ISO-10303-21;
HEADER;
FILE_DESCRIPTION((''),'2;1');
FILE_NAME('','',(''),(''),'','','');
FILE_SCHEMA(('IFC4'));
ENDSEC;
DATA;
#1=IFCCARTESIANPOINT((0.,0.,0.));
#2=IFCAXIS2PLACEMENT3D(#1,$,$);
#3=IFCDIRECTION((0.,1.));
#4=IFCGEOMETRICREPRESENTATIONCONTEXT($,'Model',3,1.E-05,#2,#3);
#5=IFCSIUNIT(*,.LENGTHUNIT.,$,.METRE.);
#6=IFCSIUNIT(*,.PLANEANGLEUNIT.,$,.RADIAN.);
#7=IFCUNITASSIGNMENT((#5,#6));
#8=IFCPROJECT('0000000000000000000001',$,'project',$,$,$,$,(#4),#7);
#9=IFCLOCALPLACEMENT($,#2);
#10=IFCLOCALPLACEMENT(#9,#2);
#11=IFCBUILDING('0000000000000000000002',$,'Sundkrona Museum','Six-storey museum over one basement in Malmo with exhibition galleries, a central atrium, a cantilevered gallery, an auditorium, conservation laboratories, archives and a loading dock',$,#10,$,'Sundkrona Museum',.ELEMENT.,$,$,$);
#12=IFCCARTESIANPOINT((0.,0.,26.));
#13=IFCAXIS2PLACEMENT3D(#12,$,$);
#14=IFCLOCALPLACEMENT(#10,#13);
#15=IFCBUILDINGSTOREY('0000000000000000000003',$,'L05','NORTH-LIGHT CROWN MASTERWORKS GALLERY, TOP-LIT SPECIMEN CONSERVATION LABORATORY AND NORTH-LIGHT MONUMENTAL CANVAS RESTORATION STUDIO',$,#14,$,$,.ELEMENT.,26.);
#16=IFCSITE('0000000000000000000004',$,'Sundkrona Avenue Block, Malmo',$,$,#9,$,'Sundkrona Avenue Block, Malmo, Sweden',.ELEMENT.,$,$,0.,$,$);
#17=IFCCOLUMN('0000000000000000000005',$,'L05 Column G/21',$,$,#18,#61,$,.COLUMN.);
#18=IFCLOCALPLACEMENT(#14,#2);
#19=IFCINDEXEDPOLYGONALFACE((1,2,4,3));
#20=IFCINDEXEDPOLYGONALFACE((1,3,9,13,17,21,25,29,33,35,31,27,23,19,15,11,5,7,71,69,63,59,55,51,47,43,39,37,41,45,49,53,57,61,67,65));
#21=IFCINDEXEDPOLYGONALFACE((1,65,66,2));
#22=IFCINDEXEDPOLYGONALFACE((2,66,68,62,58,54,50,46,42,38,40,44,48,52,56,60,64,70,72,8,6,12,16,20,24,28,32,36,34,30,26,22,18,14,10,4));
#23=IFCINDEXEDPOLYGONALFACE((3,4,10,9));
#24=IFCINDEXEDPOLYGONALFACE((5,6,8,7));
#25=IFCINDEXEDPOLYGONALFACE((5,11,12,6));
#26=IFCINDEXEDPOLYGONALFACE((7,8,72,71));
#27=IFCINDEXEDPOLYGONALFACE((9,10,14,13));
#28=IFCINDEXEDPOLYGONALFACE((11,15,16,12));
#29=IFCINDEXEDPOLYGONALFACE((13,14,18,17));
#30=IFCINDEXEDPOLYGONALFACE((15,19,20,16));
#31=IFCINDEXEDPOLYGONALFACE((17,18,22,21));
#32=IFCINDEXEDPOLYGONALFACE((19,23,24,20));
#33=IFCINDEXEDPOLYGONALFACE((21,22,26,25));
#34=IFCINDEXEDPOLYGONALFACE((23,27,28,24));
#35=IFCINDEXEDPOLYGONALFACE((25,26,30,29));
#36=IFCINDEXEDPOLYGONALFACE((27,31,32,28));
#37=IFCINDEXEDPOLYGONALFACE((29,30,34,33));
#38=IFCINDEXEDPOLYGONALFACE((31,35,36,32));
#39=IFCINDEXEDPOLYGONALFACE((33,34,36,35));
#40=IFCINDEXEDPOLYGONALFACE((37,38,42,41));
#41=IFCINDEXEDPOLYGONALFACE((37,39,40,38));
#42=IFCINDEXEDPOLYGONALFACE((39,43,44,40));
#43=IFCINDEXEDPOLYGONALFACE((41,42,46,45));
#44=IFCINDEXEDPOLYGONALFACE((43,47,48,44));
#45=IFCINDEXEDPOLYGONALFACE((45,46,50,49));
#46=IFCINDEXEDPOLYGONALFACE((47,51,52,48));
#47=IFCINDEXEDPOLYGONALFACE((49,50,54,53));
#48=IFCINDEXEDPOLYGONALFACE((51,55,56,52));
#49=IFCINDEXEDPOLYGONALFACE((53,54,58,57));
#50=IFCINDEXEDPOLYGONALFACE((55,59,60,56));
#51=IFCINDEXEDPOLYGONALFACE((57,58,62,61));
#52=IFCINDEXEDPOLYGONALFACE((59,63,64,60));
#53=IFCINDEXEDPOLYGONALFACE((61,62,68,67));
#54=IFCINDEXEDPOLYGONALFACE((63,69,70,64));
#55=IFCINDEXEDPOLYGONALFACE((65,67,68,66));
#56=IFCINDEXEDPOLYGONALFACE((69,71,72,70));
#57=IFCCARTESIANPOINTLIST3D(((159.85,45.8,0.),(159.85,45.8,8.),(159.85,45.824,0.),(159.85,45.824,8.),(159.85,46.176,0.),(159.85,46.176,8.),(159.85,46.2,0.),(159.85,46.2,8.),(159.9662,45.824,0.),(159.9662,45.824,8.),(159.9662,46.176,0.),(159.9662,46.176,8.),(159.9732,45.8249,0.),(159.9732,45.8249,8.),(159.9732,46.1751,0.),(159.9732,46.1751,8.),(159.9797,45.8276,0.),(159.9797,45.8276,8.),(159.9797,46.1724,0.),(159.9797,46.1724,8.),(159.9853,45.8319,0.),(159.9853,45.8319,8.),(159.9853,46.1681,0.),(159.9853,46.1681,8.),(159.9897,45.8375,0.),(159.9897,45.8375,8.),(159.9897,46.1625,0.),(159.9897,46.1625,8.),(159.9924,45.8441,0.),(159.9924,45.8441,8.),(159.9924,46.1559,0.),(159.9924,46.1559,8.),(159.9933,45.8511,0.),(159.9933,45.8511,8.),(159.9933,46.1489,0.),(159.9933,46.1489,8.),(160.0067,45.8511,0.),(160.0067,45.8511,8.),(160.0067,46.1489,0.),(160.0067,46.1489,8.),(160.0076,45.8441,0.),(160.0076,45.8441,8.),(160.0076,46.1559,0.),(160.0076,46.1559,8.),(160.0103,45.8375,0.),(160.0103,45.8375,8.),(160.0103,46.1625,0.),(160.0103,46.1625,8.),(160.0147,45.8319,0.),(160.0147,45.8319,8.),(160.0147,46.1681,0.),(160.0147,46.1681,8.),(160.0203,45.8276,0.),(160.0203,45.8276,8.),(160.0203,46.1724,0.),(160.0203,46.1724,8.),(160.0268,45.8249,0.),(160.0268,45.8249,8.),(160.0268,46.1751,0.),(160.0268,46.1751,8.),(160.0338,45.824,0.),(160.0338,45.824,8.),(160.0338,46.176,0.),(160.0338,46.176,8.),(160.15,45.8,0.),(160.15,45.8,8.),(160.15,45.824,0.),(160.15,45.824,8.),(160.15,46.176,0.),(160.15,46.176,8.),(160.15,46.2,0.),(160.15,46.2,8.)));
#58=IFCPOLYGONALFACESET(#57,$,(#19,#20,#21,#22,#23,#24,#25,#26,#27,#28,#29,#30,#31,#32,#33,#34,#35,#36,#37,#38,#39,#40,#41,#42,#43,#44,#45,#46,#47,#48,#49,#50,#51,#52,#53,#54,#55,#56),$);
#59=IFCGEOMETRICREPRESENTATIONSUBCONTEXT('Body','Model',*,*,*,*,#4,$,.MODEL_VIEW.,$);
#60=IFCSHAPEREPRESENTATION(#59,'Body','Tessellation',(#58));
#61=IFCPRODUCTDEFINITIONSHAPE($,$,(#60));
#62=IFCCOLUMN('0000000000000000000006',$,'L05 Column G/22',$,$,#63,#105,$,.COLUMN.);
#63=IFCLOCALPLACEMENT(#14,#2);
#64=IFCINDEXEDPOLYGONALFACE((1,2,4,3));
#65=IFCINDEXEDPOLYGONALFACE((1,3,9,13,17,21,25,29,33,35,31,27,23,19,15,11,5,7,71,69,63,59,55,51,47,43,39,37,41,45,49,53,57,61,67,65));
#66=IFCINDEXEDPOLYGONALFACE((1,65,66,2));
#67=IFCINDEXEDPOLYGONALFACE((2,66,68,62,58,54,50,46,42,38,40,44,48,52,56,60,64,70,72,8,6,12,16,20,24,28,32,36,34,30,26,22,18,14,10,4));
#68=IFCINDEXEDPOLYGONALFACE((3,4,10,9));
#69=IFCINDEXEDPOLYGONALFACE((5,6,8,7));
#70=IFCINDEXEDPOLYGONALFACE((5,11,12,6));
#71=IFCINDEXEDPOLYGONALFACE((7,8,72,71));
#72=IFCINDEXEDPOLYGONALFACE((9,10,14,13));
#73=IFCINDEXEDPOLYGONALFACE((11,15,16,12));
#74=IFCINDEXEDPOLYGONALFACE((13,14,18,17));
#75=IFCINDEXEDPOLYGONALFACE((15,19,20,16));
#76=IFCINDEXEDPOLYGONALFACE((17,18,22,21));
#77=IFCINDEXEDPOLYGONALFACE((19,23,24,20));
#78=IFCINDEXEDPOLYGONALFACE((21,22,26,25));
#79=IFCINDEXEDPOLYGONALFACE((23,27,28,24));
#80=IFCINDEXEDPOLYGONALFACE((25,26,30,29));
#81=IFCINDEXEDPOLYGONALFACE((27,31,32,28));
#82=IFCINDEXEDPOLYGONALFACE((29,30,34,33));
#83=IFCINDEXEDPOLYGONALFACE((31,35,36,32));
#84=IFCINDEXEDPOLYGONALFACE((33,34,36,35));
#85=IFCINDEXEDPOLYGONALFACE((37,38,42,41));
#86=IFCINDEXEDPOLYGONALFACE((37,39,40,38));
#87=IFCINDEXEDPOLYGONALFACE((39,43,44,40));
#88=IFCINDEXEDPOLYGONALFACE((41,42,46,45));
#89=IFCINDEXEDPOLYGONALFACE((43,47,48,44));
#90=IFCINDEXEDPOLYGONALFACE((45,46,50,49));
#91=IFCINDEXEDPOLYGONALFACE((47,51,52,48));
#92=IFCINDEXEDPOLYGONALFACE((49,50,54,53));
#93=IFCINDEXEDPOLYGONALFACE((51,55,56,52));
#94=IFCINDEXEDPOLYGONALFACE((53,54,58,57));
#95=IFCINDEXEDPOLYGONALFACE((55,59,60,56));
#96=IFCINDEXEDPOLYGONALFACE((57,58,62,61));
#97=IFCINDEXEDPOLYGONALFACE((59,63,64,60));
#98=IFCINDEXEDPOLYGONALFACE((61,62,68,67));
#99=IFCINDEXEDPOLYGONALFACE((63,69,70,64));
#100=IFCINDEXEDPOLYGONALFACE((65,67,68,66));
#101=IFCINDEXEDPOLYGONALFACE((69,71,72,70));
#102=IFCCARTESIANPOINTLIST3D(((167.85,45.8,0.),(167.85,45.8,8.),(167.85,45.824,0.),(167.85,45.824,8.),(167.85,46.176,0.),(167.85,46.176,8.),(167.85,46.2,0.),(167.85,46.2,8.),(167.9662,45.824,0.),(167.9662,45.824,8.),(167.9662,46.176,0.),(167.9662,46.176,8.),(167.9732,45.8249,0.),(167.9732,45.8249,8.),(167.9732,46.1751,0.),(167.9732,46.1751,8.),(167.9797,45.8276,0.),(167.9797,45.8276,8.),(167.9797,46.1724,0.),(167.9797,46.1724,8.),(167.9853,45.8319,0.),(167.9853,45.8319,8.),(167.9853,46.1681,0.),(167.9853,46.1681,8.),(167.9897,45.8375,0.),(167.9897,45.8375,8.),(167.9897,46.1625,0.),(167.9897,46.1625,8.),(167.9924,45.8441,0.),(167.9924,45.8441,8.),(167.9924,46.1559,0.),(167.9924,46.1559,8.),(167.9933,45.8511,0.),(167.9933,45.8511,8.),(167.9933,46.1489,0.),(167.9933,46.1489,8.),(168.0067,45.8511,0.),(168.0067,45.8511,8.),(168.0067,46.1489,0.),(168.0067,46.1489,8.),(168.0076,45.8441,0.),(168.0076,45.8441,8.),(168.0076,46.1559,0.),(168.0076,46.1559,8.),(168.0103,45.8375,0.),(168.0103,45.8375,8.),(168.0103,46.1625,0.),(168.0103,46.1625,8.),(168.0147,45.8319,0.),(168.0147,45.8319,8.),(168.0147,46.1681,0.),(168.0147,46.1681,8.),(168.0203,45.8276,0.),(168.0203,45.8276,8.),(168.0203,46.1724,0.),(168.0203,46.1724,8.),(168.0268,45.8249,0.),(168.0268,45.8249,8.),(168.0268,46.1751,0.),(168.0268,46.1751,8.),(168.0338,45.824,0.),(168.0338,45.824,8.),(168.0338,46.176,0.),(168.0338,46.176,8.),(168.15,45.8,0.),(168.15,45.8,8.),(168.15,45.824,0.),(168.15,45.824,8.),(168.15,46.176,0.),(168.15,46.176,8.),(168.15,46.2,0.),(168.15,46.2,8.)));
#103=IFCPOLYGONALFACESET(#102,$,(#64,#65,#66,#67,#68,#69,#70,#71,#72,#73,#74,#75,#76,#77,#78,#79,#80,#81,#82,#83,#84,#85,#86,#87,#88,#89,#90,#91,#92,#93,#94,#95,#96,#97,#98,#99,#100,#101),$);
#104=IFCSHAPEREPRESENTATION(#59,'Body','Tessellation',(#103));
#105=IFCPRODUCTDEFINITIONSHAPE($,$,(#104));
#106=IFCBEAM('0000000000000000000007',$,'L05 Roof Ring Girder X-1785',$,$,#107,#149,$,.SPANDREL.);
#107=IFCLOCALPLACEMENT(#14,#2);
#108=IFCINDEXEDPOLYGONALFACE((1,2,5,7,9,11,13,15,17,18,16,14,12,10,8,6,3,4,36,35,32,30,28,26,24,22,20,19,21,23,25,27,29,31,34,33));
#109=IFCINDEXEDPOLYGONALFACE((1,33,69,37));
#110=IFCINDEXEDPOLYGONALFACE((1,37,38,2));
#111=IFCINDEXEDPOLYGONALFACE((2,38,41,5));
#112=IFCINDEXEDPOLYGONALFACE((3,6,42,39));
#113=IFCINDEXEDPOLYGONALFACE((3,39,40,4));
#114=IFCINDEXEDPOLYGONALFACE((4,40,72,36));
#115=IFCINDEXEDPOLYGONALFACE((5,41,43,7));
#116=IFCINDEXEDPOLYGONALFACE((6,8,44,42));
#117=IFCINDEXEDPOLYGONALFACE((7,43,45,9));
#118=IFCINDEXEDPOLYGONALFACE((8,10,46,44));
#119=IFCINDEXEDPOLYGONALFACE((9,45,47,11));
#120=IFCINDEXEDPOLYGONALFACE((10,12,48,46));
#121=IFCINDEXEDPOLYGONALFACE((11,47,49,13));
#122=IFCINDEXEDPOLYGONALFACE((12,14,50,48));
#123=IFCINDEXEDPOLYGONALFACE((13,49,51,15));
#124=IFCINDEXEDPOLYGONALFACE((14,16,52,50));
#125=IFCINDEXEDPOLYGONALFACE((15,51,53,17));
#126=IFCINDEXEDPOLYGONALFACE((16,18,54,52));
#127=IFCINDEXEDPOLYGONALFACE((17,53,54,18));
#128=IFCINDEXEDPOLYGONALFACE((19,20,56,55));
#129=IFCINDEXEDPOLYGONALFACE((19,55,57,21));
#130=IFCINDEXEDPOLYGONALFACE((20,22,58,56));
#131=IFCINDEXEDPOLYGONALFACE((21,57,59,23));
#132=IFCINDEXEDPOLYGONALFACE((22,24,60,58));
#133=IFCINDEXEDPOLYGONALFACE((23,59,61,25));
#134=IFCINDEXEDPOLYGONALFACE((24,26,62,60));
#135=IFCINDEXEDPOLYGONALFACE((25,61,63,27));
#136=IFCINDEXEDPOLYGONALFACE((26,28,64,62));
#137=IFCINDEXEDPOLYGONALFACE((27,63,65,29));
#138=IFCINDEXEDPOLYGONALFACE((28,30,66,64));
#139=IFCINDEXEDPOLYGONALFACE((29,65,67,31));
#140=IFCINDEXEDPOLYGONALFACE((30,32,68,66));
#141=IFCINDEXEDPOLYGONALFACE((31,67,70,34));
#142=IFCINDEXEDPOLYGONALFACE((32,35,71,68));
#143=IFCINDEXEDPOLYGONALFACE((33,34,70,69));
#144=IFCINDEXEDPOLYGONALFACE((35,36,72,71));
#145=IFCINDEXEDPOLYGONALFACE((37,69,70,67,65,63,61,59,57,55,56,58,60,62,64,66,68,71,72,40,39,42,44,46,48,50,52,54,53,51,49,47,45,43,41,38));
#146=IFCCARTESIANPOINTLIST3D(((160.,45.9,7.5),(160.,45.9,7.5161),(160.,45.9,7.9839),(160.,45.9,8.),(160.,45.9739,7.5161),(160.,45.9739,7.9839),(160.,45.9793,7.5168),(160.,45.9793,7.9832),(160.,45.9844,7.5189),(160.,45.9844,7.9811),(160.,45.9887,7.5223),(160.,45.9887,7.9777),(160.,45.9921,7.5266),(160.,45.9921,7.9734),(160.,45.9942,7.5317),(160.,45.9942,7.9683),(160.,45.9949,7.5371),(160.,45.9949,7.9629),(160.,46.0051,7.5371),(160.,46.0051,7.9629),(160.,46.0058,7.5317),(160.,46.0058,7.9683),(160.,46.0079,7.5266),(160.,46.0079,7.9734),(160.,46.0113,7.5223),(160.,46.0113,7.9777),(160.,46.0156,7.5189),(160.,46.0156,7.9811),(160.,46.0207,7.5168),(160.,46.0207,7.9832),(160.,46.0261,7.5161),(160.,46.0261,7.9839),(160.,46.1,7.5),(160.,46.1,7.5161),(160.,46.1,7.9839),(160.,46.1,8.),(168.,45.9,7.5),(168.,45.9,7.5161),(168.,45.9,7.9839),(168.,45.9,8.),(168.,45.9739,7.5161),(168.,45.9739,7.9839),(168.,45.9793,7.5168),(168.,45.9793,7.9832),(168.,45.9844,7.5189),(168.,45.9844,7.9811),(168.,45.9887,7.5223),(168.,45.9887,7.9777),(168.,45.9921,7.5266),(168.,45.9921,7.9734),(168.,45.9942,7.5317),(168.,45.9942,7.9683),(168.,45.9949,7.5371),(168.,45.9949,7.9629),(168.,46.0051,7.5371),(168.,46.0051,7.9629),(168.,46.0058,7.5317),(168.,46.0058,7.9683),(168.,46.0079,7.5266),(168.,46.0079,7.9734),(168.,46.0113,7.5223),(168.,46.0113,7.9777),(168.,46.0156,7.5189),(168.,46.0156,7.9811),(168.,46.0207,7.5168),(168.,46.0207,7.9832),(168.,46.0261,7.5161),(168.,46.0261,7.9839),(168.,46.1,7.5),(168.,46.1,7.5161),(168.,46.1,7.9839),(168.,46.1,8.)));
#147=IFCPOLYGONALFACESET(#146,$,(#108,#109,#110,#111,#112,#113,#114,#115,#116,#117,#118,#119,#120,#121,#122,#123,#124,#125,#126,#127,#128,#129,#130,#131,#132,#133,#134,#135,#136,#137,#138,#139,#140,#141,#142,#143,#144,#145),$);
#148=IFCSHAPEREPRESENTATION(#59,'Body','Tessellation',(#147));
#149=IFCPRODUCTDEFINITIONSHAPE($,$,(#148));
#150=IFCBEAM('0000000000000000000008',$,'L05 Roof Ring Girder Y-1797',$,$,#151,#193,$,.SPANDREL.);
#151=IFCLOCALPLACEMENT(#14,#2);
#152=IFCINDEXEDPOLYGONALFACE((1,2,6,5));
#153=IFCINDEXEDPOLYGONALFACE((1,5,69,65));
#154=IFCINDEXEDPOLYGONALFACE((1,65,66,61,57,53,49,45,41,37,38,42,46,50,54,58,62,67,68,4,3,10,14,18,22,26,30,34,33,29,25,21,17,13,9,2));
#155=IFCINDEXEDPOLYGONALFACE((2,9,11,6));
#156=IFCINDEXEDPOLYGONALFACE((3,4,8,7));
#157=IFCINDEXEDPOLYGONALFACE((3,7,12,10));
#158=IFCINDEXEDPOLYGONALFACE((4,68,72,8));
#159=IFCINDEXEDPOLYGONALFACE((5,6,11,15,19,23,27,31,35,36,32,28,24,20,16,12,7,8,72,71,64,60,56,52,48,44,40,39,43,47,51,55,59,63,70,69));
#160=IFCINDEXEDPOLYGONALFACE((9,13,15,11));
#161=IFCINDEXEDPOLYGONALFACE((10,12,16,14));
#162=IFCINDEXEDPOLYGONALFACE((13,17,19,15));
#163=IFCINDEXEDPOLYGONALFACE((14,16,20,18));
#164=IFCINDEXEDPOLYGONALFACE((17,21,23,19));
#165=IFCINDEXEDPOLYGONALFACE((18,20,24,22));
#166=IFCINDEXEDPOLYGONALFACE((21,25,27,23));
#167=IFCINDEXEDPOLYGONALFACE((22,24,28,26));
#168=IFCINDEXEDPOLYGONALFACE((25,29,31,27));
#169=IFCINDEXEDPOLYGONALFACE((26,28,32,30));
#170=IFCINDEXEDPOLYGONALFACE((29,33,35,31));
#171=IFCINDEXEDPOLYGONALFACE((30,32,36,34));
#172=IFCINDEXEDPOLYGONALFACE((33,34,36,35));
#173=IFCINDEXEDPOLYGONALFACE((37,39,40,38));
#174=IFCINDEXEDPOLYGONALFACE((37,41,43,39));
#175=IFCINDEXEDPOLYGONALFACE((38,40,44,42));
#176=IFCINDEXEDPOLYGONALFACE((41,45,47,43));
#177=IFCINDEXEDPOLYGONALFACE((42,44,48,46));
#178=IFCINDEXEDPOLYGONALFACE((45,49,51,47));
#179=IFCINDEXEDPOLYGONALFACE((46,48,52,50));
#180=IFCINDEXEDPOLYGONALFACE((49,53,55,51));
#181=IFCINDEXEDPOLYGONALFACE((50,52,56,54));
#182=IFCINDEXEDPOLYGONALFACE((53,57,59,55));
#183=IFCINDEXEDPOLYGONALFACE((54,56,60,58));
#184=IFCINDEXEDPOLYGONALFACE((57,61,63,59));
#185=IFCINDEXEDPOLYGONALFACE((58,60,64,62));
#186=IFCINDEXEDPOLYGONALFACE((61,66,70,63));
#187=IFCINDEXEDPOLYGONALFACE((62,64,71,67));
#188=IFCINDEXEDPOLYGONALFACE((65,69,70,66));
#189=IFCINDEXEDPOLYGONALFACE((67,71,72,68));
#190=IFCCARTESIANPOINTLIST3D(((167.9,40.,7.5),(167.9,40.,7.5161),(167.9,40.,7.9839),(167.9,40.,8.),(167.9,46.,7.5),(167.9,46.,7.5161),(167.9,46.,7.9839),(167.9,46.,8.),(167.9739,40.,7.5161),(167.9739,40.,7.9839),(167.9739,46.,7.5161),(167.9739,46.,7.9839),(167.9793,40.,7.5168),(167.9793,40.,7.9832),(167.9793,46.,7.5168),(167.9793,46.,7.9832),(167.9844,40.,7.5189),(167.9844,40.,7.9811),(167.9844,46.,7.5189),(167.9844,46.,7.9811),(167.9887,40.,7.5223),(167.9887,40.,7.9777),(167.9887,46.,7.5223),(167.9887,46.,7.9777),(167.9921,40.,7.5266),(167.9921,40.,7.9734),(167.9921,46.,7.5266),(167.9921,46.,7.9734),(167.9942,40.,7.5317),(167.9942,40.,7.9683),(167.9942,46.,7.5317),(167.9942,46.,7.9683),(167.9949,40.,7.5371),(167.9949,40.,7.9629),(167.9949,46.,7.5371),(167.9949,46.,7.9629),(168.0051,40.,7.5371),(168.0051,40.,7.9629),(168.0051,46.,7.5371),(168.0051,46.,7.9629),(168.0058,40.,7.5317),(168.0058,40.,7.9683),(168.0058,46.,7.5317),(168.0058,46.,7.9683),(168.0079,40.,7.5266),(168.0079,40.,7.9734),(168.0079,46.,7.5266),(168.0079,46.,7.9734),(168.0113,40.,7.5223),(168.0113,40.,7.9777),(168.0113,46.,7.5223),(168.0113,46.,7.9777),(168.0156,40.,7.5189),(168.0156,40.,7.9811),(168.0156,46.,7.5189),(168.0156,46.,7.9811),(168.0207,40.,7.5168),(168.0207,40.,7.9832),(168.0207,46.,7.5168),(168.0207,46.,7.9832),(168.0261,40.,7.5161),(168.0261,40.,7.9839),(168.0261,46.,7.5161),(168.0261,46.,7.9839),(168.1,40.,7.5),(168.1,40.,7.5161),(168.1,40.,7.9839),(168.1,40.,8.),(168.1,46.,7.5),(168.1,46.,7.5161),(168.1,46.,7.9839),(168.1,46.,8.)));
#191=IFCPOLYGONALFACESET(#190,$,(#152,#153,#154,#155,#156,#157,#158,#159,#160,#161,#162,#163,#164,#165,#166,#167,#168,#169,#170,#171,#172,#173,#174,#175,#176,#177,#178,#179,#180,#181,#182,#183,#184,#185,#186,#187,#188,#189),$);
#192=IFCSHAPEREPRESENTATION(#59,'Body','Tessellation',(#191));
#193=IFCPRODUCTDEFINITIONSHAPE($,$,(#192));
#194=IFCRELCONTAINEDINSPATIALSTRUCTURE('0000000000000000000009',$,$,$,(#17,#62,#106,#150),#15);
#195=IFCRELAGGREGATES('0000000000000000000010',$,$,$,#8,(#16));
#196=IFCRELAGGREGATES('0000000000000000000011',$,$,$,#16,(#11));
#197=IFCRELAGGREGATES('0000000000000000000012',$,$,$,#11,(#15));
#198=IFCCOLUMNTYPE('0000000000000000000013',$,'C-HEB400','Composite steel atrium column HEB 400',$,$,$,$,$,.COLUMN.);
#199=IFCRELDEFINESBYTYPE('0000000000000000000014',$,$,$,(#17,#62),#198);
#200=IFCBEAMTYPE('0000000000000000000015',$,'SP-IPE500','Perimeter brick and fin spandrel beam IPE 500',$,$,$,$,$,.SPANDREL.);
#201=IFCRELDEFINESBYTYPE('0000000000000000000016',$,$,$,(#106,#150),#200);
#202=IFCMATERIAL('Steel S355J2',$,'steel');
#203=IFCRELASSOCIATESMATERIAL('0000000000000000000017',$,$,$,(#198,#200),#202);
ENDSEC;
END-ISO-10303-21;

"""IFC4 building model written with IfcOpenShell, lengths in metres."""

from ifc_helpers import new_model, si_unit, direction, frame, origin, origin_2d, place, context, subcontext, project, spatial, i_section, extrude, material, material_profile, profile_set, type_object, element, save


model = new_model("IFC4")

# Units and contexts
model_context = context("Model", 3, precision=1e-05, world=origin(), true_north=direction((0.0, 1.0)))
body_context = subcontext(model_context, "Body", "Model", "MODEL_VIEW")
ifc_project = project(units=[si_unit("LENGTHUNIT", "METRE"), si_unit("PLANEANGLEUNIT", "RADIAN")], contexts=[model_context])

# Site, building, storey
site_placement = place(None, origin())
site = spatial("IfcSite", under=ifc_project, at=site_placement, Name="Sundkrona Avenue Block, Malmo", LongName="Sundkrona Avenue Block, Malmo, Sweden", CompositionType="ELEMENT", RefElevation=0.0)
building_placement = place(site_placement, origin())
building = spatial("IfcBuilding", under=site, at=building_placement, Name="Sundkrona Museum", Description="Six-storey museum over one basement in Malmo with exhibition galleries, a central atrium, a cantilevered gallery, an auditorium, conservation laboratories, archives and a loading dock", LongName="Sundkrona Museum", CompositionType="ELEMENT")
storey_placement = place(building_placement, frame((0.0, 0.0, 26.0)))
storey = spatial("IfcBuildingStorey", under=building, at=storey_placement, Name="L05", Description="NORTH-LIGHT CROWN MASTERWORKS GALLERY, TOP-LIT SPECIMEN CONSERVATION LABORATORY AND NORTH-LIGHT MONUMENTAL CANVAS RESTORATION STUDIO", CompositionType="ELEMENT", Elevation=26.0)

# Columns
ifc_material_1 = material(Name="Steel S355J2", Category="steel")
ifc_material_profile_1 = material_profile(ifc_material_1, i_section(OverallWidth=0.3, OverallDepth=0.3999, WebThickness=0.0134, FlangeThickness=0.0239, FilletRadius=0.0271, at=origin_2d()), Name="HEB 400")
ifc_profile_set_1 = profile_set([ifc_material_profile_1], Name="Steel S355J2")
column_type = type_object("IfcColumnType", Name="C-HEB400", Description="Composite steel atrium column HEB 400", PredefinedType="COLUMN", material=ifc_profile_set_1)
for number, where, z_axis, x_axis, name in (
    (1, (160.0, 46.0, 0.0), (0.0, 0.0, 1.0), (1.0, 0.0, 0.0), "L05 Column G/21"),
    (2, (168.0, 46.0, 0.0), (0.0, 0.0, 1.0), (1.0, 0.0, 0.0), "L05 Column G/22"),
):
    element("IfcColumn", number, at=place(storey_placement, frame(where, z_axis=z_axis, x_axis=x_axis)), inside=storey, type_object=column_type, Name=name, PredefinedType="COLUMN", context=body_context, shape_type="SweptSolid", body=[
        extrude(i_section(OverallWidth=0.3, OverallDepth=0.3999, WebThickness=0.0134, FlangeThickness=0.0239, FilletRadius=0.0271, at=origin_2d()), origin(), (0.0, 0.0, 1.0), 8.0),
    ])

# Beams
ifc_material_profile_2 = material_profile(ifc_material_1, i_section(OverallWidth=0.2, OverallDepth=0.5, WebThickness=0.0103, FlangeThickness=0.0161, FilletRadius=0.021, at=origin_2d()), Name="IPE 500")
ifc_profile_set_2 = profile_set([ifc_material_profile_2], Name="Steel S355J2")
beam_type = type_object("IfcBeamType", Name="SP-IPE500", Description="Perimeter brick and fin spandrel beam IPE 500", PredefinedType="SPANDREL", material=ifc_profile_set_2)
beam_1_placement = place(storey_placement, frame((160.0, 46.0, 7.75), z_axis=(1.0, 0.0, 0.0), x_axis=(0.0, 1.0, 0.0)))
element("IfcBeam", 3, at=beam_1_placement, inside=storey, type_object=beam_type, Name="L05 Roof Ring Girder X-1785", PredefinedType="SPANDREL", context=body_context, shape_type="SweptSolid", body=[
    extrude(i_section(OverallWidth=0.2, OverallDepth=0.5, WebThickness=0.0103, FlangeThickness=0.0161, FilletRadius=0.021, at=origin_2d()), origin(), (0.0, 0.0, 1.0), 8.0),
])
beam_2_placement = place(storey_placement, frame((168.0, 40.0, 7.75), z_axis=(0.0, 1.0, 0.0), x_axis=(-1.0, 0.0, 0.0)))
element("IfcBeam", 4, at=beam_2_placement, inside=storey, type_object=beam_type, Name="L05 Roof Ring Girder Y-1797", PredefinedType="SPANDREL", context=body_context, shape_type="SweptSolid", body=[
    extrude(i_section(OverallWidth=0.2, OverallDepth=0.5, WebThickness=0.0103, FlangeThickness=0.0161, FilletRadius=0.021, at=origin_2d()), origin(), (0.0, 0.0, 1.0), 6.0),
])

save(model, "model.ifc")
